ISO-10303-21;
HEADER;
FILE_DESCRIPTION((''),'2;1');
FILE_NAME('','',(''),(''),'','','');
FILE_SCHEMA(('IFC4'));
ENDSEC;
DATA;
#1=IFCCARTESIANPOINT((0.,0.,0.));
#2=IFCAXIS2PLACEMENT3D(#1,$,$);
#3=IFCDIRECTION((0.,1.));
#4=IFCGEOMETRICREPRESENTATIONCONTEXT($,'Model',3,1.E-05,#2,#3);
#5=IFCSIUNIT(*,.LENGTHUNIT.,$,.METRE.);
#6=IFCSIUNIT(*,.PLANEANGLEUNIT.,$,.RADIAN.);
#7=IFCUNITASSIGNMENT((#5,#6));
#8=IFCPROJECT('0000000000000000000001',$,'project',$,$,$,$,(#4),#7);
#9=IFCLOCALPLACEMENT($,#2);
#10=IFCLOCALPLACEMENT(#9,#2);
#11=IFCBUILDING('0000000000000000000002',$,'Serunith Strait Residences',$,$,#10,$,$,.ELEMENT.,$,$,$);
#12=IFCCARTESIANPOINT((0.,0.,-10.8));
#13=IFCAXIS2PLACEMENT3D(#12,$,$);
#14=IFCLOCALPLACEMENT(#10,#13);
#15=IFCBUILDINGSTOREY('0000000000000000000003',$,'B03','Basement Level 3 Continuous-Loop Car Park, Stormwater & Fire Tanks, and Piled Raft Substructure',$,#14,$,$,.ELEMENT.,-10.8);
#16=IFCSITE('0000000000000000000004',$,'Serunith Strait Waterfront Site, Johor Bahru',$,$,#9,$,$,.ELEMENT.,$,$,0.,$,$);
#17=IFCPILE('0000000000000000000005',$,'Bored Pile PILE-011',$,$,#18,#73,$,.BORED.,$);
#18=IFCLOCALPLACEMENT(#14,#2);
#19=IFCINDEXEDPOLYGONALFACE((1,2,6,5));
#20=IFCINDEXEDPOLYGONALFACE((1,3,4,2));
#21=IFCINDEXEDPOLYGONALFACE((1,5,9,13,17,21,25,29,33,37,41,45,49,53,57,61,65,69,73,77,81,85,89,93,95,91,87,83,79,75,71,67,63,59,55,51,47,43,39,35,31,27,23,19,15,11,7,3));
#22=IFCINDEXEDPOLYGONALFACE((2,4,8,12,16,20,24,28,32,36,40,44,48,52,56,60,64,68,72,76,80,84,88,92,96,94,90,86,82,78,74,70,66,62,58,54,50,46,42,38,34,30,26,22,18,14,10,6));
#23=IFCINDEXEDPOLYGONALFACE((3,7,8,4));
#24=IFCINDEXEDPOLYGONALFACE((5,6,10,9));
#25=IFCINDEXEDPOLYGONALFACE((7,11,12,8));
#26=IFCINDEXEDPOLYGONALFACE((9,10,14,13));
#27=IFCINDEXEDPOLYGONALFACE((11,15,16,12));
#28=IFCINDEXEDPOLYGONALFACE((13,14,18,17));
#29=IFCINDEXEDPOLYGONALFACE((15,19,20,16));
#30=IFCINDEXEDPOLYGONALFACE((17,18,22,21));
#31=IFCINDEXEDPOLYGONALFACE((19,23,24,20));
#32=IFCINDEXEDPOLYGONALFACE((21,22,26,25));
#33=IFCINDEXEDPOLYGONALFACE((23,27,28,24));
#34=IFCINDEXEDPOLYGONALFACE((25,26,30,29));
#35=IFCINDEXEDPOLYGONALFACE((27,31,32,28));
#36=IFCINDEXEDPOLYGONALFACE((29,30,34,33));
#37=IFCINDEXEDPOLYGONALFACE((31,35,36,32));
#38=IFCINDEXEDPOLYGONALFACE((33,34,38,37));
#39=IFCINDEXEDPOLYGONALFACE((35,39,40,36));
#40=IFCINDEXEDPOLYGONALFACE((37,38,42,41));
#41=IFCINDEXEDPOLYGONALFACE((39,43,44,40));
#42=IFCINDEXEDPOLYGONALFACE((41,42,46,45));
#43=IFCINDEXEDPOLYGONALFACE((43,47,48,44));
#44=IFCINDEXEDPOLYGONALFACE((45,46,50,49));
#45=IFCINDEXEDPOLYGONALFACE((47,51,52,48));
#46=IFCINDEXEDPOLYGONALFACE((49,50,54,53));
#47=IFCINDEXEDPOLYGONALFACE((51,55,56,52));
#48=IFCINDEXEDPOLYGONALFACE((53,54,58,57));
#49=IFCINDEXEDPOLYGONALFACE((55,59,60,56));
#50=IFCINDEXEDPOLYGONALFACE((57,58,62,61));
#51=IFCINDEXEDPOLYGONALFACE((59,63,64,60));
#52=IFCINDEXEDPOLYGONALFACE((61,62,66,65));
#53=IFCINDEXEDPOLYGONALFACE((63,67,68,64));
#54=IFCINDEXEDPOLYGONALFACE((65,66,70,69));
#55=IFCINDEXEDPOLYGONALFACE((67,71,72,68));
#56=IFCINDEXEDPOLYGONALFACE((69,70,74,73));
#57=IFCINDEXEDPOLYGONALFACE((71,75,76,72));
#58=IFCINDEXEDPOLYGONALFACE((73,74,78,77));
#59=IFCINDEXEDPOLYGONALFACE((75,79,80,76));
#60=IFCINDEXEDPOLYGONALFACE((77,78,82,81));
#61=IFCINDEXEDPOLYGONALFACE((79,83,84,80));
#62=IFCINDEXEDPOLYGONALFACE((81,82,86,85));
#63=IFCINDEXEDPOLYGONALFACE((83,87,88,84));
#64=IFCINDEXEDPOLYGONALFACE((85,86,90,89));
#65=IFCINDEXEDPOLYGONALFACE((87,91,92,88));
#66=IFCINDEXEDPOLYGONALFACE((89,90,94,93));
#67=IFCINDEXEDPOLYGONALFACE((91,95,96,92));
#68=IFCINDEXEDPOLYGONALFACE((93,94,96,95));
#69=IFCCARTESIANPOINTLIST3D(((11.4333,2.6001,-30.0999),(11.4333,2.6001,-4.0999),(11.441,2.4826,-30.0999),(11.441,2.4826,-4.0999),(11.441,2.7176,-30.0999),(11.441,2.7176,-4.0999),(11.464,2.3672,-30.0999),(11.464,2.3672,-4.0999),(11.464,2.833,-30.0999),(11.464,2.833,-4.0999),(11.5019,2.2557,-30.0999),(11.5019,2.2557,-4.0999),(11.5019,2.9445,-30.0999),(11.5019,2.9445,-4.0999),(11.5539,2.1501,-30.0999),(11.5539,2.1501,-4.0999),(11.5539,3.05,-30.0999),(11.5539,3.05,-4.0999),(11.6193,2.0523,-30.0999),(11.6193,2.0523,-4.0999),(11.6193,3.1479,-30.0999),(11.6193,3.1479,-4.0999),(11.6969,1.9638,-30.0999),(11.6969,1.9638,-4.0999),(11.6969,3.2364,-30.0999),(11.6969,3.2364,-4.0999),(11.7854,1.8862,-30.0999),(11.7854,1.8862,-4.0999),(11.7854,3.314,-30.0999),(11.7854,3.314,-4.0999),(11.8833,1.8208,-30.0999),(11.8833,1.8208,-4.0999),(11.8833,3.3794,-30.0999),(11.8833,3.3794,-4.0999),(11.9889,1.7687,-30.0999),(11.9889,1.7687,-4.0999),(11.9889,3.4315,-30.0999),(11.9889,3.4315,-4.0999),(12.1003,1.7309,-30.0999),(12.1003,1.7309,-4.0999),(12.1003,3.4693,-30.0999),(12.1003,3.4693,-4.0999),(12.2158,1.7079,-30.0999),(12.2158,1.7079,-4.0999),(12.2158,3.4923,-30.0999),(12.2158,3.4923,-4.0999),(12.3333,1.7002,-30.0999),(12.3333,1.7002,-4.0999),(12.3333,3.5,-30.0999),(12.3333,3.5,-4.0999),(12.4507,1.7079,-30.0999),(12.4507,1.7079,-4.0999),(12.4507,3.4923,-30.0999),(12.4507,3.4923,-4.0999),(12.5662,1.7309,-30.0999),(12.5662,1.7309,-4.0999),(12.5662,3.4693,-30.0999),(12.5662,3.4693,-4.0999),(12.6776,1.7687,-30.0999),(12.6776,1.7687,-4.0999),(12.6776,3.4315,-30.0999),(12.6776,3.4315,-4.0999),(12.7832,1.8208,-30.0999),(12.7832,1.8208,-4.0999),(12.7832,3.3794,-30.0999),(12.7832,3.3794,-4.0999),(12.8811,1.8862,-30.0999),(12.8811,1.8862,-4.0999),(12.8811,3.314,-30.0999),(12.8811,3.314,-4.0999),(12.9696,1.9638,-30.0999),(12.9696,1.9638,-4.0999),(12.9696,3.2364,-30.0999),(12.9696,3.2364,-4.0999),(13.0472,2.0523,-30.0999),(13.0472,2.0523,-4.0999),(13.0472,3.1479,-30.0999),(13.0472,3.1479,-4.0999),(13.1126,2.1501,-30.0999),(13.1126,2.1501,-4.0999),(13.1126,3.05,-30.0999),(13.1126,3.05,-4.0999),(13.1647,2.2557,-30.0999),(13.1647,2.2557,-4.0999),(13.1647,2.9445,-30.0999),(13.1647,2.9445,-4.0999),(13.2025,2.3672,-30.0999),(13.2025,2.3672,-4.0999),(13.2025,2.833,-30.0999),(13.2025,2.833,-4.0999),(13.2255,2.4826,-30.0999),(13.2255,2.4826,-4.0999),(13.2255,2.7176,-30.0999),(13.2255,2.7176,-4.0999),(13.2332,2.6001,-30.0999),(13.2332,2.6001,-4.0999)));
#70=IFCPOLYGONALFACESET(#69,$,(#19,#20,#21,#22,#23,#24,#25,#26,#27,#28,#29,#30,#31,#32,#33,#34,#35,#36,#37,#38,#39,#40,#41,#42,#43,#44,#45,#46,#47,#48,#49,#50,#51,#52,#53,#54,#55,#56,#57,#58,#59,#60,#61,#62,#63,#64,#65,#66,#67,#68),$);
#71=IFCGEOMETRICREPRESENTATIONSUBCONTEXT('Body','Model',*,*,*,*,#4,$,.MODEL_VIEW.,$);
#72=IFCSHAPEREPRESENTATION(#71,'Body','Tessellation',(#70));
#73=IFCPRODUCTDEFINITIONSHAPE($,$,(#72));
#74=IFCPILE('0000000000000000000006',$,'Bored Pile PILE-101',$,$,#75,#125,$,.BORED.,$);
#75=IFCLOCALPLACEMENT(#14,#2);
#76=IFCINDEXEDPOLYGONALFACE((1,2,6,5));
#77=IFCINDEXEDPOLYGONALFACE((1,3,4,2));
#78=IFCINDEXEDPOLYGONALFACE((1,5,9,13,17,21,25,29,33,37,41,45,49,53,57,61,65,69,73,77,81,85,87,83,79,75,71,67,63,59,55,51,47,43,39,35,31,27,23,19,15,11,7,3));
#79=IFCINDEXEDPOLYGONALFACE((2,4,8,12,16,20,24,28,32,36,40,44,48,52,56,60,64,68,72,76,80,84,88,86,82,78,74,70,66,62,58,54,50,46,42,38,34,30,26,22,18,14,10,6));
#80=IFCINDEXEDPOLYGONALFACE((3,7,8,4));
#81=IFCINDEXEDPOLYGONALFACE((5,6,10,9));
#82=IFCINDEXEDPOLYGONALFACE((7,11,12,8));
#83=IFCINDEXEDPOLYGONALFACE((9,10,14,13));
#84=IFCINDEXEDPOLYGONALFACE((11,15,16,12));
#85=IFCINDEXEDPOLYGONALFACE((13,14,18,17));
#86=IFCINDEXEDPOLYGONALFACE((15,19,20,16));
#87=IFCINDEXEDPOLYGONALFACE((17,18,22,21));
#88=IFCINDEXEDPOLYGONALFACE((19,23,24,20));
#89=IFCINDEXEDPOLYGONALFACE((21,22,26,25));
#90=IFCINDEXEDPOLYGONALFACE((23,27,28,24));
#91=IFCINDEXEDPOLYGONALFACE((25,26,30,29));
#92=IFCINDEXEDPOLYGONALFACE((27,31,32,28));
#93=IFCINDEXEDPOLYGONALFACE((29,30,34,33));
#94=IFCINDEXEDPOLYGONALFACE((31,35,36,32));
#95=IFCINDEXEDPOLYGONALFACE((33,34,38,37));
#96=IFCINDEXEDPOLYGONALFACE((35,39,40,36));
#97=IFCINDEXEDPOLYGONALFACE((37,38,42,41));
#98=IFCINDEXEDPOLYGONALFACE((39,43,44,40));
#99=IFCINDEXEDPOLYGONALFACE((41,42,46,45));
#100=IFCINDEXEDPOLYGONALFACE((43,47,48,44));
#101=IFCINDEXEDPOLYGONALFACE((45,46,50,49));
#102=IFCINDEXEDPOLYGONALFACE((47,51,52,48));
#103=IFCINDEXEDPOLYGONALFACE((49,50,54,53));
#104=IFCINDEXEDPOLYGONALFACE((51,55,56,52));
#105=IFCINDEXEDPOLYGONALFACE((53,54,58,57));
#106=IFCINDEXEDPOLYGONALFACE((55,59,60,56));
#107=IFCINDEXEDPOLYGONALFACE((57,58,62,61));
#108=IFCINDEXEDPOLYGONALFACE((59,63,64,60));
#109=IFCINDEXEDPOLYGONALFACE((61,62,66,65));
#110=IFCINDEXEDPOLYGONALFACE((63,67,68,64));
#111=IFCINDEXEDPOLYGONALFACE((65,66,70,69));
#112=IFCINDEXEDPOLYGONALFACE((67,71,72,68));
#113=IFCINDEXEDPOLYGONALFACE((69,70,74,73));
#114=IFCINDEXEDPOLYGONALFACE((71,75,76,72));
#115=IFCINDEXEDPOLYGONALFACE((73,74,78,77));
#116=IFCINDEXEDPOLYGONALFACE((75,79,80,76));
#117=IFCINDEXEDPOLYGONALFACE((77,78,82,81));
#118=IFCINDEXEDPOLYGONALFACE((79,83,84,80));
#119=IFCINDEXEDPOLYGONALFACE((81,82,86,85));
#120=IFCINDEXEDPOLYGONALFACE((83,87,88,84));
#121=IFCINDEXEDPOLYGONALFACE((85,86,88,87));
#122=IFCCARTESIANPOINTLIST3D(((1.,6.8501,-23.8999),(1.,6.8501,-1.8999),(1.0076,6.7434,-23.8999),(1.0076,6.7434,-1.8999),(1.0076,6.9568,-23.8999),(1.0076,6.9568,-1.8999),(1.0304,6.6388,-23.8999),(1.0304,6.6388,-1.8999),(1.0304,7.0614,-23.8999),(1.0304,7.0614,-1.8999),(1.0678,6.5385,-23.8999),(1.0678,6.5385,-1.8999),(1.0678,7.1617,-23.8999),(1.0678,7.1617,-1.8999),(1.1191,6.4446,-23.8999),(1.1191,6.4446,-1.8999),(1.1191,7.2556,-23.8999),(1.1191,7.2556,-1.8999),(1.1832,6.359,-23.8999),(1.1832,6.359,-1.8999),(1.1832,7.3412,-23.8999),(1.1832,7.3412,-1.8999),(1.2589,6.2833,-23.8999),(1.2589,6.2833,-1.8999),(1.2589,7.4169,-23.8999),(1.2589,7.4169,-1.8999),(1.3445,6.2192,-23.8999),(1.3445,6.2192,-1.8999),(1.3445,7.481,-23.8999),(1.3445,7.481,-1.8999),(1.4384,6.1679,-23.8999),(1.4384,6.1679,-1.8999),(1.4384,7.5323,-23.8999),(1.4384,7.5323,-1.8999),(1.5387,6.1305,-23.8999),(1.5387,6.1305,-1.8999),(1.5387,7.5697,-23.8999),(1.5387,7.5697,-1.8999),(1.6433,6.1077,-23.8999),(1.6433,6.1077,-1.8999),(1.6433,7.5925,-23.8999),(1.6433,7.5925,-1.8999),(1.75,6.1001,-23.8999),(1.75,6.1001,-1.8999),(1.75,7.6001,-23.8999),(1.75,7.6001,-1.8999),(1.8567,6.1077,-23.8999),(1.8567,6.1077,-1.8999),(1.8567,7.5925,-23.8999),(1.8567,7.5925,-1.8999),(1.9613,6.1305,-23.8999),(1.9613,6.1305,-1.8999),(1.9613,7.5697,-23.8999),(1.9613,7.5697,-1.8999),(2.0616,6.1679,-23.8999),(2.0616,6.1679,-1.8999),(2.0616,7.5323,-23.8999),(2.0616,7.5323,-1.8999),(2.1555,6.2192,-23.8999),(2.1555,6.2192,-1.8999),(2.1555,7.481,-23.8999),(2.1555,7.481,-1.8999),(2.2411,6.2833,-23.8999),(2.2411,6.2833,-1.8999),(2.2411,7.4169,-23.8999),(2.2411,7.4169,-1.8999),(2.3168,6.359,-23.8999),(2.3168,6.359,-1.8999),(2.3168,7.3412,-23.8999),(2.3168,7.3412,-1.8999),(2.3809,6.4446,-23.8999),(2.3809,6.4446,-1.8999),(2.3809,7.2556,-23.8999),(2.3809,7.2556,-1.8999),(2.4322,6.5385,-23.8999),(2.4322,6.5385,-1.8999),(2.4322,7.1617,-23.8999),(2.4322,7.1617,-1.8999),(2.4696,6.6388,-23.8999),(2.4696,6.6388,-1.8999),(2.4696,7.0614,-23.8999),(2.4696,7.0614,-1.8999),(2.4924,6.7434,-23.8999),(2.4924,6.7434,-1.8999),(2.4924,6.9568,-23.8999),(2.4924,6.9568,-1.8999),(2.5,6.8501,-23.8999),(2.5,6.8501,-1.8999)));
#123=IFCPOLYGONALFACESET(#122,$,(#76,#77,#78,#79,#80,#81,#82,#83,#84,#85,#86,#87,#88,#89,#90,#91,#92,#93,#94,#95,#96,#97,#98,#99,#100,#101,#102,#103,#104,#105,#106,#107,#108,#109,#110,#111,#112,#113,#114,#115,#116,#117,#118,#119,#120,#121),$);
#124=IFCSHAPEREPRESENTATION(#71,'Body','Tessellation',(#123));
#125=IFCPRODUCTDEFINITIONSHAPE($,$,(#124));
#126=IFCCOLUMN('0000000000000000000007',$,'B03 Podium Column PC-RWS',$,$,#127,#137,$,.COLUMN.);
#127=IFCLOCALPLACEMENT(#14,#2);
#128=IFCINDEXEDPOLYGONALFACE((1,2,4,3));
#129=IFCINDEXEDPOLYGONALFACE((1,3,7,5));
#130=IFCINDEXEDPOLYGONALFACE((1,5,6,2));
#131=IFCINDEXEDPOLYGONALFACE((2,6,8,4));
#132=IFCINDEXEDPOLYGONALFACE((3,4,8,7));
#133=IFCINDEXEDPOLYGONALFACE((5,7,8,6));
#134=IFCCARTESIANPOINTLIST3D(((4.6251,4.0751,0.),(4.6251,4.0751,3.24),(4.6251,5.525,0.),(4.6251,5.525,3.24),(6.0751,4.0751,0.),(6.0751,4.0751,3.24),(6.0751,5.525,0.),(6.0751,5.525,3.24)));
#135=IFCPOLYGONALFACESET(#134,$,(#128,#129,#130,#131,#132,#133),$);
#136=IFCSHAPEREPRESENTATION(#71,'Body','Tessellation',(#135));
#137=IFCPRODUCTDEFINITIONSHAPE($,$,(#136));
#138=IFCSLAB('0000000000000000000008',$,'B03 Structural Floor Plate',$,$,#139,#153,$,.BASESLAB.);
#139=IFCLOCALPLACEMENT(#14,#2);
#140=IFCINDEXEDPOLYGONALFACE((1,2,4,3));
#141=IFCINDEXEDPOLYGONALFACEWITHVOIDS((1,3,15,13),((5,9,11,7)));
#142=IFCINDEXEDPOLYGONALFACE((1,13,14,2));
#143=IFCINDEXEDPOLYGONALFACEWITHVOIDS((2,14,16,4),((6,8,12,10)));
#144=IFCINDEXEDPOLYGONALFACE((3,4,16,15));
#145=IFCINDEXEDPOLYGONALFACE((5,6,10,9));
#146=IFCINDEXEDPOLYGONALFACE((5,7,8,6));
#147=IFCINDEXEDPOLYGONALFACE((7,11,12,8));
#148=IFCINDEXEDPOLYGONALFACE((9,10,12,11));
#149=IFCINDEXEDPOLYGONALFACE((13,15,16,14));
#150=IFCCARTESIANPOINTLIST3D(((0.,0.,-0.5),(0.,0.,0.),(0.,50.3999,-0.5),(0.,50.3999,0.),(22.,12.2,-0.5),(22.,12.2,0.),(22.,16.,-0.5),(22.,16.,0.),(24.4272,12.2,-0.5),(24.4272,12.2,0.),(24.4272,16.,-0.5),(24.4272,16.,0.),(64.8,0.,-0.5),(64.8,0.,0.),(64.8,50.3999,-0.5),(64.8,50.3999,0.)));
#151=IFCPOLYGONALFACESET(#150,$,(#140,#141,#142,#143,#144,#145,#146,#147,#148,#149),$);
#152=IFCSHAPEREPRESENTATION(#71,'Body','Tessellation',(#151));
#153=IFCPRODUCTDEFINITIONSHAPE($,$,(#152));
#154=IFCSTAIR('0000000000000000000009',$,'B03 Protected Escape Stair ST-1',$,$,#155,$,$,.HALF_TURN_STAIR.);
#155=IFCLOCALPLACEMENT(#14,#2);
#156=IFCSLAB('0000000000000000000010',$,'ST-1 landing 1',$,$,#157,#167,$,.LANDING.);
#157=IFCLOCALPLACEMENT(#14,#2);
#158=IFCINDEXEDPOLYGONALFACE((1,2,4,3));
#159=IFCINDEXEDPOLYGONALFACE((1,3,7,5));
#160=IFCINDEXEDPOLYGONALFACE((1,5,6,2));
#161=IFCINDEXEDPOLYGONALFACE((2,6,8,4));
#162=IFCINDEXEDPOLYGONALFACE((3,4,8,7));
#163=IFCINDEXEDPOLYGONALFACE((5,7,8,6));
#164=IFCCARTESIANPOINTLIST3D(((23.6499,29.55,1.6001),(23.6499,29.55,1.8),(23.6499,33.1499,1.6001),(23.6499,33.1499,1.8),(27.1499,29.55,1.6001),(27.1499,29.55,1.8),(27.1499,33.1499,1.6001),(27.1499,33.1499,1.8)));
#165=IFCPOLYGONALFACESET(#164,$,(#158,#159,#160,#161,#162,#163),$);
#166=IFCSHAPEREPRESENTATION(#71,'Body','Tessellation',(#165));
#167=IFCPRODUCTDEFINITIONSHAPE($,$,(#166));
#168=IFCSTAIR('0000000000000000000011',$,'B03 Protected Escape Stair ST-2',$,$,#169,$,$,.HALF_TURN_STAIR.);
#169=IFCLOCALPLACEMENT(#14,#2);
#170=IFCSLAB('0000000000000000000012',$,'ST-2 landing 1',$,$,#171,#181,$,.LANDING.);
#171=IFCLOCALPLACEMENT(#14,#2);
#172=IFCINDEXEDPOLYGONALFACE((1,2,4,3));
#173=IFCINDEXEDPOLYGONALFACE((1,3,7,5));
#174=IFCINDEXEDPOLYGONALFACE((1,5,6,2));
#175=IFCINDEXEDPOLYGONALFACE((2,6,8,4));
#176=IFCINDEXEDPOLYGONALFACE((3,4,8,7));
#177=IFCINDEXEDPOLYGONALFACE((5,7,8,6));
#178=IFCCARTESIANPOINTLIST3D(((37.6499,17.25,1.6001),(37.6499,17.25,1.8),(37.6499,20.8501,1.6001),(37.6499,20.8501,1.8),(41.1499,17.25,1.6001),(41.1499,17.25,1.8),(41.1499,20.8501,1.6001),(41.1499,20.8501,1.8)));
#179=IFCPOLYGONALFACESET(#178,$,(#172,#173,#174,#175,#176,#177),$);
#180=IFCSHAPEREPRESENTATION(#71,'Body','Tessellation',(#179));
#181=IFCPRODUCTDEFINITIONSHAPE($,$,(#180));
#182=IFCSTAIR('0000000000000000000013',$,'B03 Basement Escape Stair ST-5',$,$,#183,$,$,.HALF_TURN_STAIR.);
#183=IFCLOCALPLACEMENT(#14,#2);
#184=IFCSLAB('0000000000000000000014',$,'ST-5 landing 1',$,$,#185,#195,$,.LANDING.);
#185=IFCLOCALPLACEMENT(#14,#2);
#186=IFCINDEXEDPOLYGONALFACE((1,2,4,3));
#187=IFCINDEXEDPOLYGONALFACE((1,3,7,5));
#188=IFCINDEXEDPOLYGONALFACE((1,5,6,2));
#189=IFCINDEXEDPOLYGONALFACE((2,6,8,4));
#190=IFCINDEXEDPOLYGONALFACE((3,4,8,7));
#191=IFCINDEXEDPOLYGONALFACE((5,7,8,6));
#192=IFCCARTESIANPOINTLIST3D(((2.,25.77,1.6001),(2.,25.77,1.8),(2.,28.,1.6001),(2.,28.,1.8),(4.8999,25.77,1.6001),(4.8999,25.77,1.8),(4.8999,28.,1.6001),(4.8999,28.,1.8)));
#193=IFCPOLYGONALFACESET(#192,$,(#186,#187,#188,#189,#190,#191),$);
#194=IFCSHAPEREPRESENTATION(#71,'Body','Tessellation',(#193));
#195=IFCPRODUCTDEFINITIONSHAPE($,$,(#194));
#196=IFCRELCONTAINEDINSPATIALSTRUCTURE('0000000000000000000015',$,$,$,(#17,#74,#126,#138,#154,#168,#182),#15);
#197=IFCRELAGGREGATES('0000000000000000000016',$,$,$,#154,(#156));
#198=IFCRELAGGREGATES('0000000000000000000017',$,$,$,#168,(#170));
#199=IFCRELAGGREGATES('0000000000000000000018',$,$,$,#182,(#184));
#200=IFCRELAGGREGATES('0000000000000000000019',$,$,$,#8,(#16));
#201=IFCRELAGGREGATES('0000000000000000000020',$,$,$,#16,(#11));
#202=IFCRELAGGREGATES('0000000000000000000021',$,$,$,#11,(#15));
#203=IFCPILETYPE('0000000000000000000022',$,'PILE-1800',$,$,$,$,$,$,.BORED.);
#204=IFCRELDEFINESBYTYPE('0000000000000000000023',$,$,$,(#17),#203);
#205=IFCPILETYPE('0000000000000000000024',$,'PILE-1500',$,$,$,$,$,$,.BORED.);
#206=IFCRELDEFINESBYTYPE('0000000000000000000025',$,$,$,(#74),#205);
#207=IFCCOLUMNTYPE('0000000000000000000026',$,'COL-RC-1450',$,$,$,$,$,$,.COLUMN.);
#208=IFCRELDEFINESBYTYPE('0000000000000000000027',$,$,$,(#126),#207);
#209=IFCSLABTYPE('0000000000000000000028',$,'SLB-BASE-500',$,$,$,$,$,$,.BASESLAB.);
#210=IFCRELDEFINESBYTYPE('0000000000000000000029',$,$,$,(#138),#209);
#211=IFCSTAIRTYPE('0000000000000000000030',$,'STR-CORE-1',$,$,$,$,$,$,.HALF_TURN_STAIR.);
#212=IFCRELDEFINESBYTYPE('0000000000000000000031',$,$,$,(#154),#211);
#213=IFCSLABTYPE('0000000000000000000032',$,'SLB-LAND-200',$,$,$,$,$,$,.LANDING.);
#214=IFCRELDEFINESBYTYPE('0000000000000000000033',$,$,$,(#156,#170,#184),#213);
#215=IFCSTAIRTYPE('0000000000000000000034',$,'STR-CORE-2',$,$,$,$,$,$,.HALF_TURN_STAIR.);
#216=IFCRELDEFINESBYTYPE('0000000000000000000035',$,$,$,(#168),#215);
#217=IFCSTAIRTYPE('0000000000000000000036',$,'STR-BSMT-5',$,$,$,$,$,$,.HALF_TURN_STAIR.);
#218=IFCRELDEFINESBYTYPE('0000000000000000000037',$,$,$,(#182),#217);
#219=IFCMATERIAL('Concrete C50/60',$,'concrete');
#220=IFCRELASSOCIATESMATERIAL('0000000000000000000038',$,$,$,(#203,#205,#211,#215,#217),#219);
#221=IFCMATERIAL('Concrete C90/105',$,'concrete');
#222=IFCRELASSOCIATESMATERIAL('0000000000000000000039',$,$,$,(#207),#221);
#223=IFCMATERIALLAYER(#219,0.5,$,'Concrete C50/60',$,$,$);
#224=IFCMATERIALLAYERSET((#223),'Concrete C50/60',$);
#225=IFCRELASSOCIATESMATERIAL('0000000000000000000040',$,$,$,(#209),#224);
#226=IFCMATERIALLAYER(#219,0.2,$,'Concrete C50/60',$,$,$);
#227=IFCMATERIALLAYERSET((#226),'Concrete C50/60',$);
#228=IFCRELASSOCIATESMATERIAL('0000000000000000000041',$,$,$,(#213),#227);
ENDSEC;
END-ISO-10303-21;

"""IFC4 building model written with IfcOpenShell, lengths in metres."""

from ifc_helpers import new_model, si_unit, direction, frame, origin, origin_2d, place, context, subcontext, project, spatial, polyline, rectangle, circle, outline, extrude, source, transform, mapped, material, layer, layer_set, material_profile, profile_set, type_object, element, aggregate, save


model = new_model("IFC4")

# Units and contexts
model_context = context("Model", 3, precision=1e-05, world=origin(), true_north=direction((0.0, 1.0)))
body_context = subcontext(model_context, "Body", "Model", "MODEL_VIEW")
ifc_project = project(units=[si_unit("LENGTHUNIT", "METRE"), si_unit("PLANEANGLEUNIT", "RADIAN")], contexts=[model_context])

# Site, building, storey
site_placement = place(None, origin())
site = spatial("IfcSite", under=ifc_project, at=site_placement, Name="Serunith Strait Waterfront Site, Johor Bahru", CompositionType="ELEMENT", RefElevation=0.0)
building_placement = place(site_placement, origin())
building = spatial("IfcBuilding", under=site, at=building_placement, Name="Serunith Strait Residences", CompositionType="ELEMENT")
storey_placement = place(building_placement, frame((0.0, 0.0, -10.8)))
storey = spatial("IfcBuildingStorey", under=building, at=storey_placement, Name="B03", Description="Basement Level 3 Continuous-Loop Car Park, Stormwater & Fire Tanks, and Piled Raft Substructure", CompositionType="ELEMENT", Elevation=-10.8)

# Shared definitions
ifc_material_1 = material(Name="Concrete C50/60", Category="concrete")

# Piles
ifc_material_profile_1 = material_profile(ifc_material_1, circle(Radius=0.8999, at=origin_2d()), Name="PILE D1800")
ifc_profile_set_1 = profile_set([ifc_material_profile_1], Name="Concrete C50/60")
pile_type_1 = type_object("IfcPileType", Name="PILE-1800", PredefinedType="BORED", material=ifc_profile_set_1)
shared_shape_1 = source(origin(), body_context, "Body", "SweptSolid", [
    extrude(circle(Radius=0.8999, at=origin_2d()), origin(), (0.0, 0.0, 1.0), 26.0),
])
for number, where, z_axis, x_axis, name in (
    (1, (12.3333, 2.6001, -4.0999), (0.0, 0.0, -1.0), (1.0, 0.0, 0.0), "Bored Pile PILE-011"),
):
    element("IfcPile", number, at=place(storey_placement, frame(where, z_axis=z_axis, x_axis=x_axis)), inside=storey, type_object=pile_type_1, Name=name, PredefinedType="BORED", context=body_context, shape_type="MappedRepresentation", body=[
        mapped(shared_shape_1, transform((0.0, 0.0, 0.0), scale=1.0)),
    ])
ifc_material_profile_2 = material_profile(ifc_material_1, circle(Radius=0.75, at=origin_2d()), Name="PILE D1500")
ifc_profile_set_2 = profile_set([ifc_material_profile_2], Name="Concrete C50/60")
pile_type_2 = type_object("IfcPileType", Name="PILE-1500", PredefinedType="BORED", material=ifc_profile_set_2)
shared_shape_2 = source(origin(), body_context, "Body", "SweptSolid", [
    extrude(circle(Radius=0.75, at=origin_2d()), origin(), (0.0, 0.0, 1.0), 22.0),
])
pile_placement = place(storey_placement, frame((1.75, 6.8501, -1.8999), z_axis=(0.0, 0.0, -1.0), x_axis=(1.0, 0.0, 0.0)))
element("IfcPile", 2, at=pile_placement, inside=storey, type_object=pile_type_2, Name="Bored Pile PILE-101", PredefinedType="BORED", context=body_context, shape_type="MappedRepresentation", body=[
    mapped(shared_shape_2, transform((0.0, 0.0, 0.0), scale=1.0)),
])

# Column
ifc_material_2 = material(Name="Concrete C90/105", Category="concrete")
ifc_material_profile_3 = material_profile(ifc_material_2, rectangle(XDim=1.45, YDim=1.45, at=origin_2d()), Name="RC 1450x1450")
ifc_profile_set_3 = profile_set([ifc_material_profile_3], Name="Concrete C90/105")
column_type = type_object("IfcColumnType", Name="COL-RC-1450", PredefinedType="COLUMN", material=ifc_profile_set_3)
shared_shape_3 = source(origin(), body_context, "Body", "SweptSolid", [
    extrude(rectangle(XDim=1.45, YDim=1.45, at=origin_2d()), origin(), (0.0, 0.0, 1.0), 3.24),
])
column_placement = place(storey_placement, frame((5.3501, 4.8, 0.0), z_axis=(0.0, 0.0, 1.0), x_axis=(1.0, 0.0, 0.0)))
element("IfcColumn", 3, at=column_placement, inside=storey, type_object=column_type, Name="B03 Podium Column PC-RWS", PredefinedType="COLUMN", context=body_context, shape_type="MappedRepresentation", body=[
    mapped(shared_shape_3, transform((0.0, 0.0, 0.0), scale=1.0)),
])

# Slab
ifc_layer_1 = layer(ifc_material_1, 0.5, Name="Concrete C50/60")
ifc_layer_set_1 = layer_set([ifc_layer_1], Name="Concrete C50/60")
slab_type_1 = type_object("IfcSlabType", Name="SLB-BASE-500", PredefinedType="BASESLAB", material=ifc_layer_set_1)
slab_1_placement = place(storey_placement, frame((0.0, 0.0, -0.5)))
element("IfcSlab", 4, at=slab_1_placement, inside=storey, type_object=slab_type_1, Name="B03 Structural Floor Plate", PredefinedType="BASESLAB", context=body_context, shape_type="SweptSolid", body=[
    extrude(outline(polyline([(0.0, 50.3999), (64.8, 50.3999), (64.8, 0.0), (0.0, 0.0), (0.0, 50.3999)]), holes=[polyline([(24.4272, 12.2), (24.4272, 16.0), (22.0, 16.0), (22.0, 12.2), (24.4272, 12.2)])]), origin(), (0.0, 0.0, 1.0), 0.5),
])

# Stairs, slabs
stair_type_1 = type_object("IfcStairType", Name="STR-CORE-1", PredefinedType="HALF_TURN_STAIR", material=ifc_material_1)
stair_1_placement = place(storey_placement, origin())
stair_1 = element("IfcStair", 5, at=stair_1_placement, inside=storey, type_object=stair_type_1, Name="B03 Protected Escape Stair ST-1", PredefinedType="HALF_TURN_STAIR")
ifc_layer_2 = layer(ifc_material_1, 0.2, Name="Concrete C50/60")
ifc_layer_set_2 = layer_set([ifc_layer_2], Name="Concrete C50/60")
slab_type_2 = type_object("IfcSlabType", Name="SLB-LAND-200", PredefinedType="LANDING", material=ifc_layer_set_2)
slab_2_placement = place(storey_placement, frame((0.0, 0.0, 1.6001)))
slab_2 = element("IfcSlab", 6, at=slab_2_placement, type_object=slab_type_2, Name="ST-1 landing 1", PredefinedType="LANDING", context=body_context, shape_type="SweptSolid", body=[
    extrude(outline(polyline([(27.1499, 29.55), (27.1499, 33.1499), (23.6499, 33.1499), (23.6499, 29.55), (27.1499, 29.55)])), origin(), (0.0, 0.0, 1.0), 0.2),
])
aggregate(stair_1, [slab_2])
stair_type_2 = type_object("IfcStairType", Name="STR-CORE-2", PredefinedType="HALF_TURN_STAIR", material=ifc_material_1)
stair_2_placement = place(storey_placement, origin())
stair_2 = element("IfcStair", 7, at=stair_2_placement, inside=storey, type_object=stair_type_2, Name="B03 Protected Escape Stair ST-2", PredefinedType="HALF_TURN_STAIR")
slab_3_placement = place(storey_placement, frame((0.0, 0.0, 1.6001)))
slab_3 = element("IfcSlab", 8, at=slab_3_placement, type_object=slab_type_2, Name="ST-2 landing 1", PredefinedType="LANDING", context=body_context, shape_type="SweptSolid", body=[
    extrude(outline(polyline([(37.6499, 20.8501), (37.6499, 17.25), (41.1499, 17.25), (41.1499, 20.8501), (37.6499, 20.8501)])), origin(), (0.0, 0.0, 1.0), 0.2),
])
aggregate(stair_2, [slab_3])
stair_type_3 = type_object("IfcStairType", Name="STR-BSMT-5", PredefinedType="HALF_TURN_STAIR", material=ifc_material_1)
stair_3_placement = place(storey_placement, origin())
stair_3 = element("IfcStair", 9, at=stair_3_placement, inside=storey, type_object=stair_type_3, Name="B03 Basement Escape Stair ST-5", PredefinedType="HALF_TURN_STAIR")
slab_4_placement = place(storey_placement, frame((0.0, 0.0, 1.6001)))
slab_4 = element("IfcSlab", 10, at=slab_4_placement, type_object=slab_type_2, Name="ST-5 landing 1", PredefinedType="LANDING", context=body_context, shape_type="SweptSolid", body=[
    extrude(outline(polyline([(4.8999, 25.77), (4.8999, 28.0), (2.0, 28.0), (2.0, 25.77), (4.8999, 25.77)])), origin(), (0.0, 0.0, 1.0), 0.2),
])
aggregate(stair_3, [slab_4])

save(model, "model.ifc")
